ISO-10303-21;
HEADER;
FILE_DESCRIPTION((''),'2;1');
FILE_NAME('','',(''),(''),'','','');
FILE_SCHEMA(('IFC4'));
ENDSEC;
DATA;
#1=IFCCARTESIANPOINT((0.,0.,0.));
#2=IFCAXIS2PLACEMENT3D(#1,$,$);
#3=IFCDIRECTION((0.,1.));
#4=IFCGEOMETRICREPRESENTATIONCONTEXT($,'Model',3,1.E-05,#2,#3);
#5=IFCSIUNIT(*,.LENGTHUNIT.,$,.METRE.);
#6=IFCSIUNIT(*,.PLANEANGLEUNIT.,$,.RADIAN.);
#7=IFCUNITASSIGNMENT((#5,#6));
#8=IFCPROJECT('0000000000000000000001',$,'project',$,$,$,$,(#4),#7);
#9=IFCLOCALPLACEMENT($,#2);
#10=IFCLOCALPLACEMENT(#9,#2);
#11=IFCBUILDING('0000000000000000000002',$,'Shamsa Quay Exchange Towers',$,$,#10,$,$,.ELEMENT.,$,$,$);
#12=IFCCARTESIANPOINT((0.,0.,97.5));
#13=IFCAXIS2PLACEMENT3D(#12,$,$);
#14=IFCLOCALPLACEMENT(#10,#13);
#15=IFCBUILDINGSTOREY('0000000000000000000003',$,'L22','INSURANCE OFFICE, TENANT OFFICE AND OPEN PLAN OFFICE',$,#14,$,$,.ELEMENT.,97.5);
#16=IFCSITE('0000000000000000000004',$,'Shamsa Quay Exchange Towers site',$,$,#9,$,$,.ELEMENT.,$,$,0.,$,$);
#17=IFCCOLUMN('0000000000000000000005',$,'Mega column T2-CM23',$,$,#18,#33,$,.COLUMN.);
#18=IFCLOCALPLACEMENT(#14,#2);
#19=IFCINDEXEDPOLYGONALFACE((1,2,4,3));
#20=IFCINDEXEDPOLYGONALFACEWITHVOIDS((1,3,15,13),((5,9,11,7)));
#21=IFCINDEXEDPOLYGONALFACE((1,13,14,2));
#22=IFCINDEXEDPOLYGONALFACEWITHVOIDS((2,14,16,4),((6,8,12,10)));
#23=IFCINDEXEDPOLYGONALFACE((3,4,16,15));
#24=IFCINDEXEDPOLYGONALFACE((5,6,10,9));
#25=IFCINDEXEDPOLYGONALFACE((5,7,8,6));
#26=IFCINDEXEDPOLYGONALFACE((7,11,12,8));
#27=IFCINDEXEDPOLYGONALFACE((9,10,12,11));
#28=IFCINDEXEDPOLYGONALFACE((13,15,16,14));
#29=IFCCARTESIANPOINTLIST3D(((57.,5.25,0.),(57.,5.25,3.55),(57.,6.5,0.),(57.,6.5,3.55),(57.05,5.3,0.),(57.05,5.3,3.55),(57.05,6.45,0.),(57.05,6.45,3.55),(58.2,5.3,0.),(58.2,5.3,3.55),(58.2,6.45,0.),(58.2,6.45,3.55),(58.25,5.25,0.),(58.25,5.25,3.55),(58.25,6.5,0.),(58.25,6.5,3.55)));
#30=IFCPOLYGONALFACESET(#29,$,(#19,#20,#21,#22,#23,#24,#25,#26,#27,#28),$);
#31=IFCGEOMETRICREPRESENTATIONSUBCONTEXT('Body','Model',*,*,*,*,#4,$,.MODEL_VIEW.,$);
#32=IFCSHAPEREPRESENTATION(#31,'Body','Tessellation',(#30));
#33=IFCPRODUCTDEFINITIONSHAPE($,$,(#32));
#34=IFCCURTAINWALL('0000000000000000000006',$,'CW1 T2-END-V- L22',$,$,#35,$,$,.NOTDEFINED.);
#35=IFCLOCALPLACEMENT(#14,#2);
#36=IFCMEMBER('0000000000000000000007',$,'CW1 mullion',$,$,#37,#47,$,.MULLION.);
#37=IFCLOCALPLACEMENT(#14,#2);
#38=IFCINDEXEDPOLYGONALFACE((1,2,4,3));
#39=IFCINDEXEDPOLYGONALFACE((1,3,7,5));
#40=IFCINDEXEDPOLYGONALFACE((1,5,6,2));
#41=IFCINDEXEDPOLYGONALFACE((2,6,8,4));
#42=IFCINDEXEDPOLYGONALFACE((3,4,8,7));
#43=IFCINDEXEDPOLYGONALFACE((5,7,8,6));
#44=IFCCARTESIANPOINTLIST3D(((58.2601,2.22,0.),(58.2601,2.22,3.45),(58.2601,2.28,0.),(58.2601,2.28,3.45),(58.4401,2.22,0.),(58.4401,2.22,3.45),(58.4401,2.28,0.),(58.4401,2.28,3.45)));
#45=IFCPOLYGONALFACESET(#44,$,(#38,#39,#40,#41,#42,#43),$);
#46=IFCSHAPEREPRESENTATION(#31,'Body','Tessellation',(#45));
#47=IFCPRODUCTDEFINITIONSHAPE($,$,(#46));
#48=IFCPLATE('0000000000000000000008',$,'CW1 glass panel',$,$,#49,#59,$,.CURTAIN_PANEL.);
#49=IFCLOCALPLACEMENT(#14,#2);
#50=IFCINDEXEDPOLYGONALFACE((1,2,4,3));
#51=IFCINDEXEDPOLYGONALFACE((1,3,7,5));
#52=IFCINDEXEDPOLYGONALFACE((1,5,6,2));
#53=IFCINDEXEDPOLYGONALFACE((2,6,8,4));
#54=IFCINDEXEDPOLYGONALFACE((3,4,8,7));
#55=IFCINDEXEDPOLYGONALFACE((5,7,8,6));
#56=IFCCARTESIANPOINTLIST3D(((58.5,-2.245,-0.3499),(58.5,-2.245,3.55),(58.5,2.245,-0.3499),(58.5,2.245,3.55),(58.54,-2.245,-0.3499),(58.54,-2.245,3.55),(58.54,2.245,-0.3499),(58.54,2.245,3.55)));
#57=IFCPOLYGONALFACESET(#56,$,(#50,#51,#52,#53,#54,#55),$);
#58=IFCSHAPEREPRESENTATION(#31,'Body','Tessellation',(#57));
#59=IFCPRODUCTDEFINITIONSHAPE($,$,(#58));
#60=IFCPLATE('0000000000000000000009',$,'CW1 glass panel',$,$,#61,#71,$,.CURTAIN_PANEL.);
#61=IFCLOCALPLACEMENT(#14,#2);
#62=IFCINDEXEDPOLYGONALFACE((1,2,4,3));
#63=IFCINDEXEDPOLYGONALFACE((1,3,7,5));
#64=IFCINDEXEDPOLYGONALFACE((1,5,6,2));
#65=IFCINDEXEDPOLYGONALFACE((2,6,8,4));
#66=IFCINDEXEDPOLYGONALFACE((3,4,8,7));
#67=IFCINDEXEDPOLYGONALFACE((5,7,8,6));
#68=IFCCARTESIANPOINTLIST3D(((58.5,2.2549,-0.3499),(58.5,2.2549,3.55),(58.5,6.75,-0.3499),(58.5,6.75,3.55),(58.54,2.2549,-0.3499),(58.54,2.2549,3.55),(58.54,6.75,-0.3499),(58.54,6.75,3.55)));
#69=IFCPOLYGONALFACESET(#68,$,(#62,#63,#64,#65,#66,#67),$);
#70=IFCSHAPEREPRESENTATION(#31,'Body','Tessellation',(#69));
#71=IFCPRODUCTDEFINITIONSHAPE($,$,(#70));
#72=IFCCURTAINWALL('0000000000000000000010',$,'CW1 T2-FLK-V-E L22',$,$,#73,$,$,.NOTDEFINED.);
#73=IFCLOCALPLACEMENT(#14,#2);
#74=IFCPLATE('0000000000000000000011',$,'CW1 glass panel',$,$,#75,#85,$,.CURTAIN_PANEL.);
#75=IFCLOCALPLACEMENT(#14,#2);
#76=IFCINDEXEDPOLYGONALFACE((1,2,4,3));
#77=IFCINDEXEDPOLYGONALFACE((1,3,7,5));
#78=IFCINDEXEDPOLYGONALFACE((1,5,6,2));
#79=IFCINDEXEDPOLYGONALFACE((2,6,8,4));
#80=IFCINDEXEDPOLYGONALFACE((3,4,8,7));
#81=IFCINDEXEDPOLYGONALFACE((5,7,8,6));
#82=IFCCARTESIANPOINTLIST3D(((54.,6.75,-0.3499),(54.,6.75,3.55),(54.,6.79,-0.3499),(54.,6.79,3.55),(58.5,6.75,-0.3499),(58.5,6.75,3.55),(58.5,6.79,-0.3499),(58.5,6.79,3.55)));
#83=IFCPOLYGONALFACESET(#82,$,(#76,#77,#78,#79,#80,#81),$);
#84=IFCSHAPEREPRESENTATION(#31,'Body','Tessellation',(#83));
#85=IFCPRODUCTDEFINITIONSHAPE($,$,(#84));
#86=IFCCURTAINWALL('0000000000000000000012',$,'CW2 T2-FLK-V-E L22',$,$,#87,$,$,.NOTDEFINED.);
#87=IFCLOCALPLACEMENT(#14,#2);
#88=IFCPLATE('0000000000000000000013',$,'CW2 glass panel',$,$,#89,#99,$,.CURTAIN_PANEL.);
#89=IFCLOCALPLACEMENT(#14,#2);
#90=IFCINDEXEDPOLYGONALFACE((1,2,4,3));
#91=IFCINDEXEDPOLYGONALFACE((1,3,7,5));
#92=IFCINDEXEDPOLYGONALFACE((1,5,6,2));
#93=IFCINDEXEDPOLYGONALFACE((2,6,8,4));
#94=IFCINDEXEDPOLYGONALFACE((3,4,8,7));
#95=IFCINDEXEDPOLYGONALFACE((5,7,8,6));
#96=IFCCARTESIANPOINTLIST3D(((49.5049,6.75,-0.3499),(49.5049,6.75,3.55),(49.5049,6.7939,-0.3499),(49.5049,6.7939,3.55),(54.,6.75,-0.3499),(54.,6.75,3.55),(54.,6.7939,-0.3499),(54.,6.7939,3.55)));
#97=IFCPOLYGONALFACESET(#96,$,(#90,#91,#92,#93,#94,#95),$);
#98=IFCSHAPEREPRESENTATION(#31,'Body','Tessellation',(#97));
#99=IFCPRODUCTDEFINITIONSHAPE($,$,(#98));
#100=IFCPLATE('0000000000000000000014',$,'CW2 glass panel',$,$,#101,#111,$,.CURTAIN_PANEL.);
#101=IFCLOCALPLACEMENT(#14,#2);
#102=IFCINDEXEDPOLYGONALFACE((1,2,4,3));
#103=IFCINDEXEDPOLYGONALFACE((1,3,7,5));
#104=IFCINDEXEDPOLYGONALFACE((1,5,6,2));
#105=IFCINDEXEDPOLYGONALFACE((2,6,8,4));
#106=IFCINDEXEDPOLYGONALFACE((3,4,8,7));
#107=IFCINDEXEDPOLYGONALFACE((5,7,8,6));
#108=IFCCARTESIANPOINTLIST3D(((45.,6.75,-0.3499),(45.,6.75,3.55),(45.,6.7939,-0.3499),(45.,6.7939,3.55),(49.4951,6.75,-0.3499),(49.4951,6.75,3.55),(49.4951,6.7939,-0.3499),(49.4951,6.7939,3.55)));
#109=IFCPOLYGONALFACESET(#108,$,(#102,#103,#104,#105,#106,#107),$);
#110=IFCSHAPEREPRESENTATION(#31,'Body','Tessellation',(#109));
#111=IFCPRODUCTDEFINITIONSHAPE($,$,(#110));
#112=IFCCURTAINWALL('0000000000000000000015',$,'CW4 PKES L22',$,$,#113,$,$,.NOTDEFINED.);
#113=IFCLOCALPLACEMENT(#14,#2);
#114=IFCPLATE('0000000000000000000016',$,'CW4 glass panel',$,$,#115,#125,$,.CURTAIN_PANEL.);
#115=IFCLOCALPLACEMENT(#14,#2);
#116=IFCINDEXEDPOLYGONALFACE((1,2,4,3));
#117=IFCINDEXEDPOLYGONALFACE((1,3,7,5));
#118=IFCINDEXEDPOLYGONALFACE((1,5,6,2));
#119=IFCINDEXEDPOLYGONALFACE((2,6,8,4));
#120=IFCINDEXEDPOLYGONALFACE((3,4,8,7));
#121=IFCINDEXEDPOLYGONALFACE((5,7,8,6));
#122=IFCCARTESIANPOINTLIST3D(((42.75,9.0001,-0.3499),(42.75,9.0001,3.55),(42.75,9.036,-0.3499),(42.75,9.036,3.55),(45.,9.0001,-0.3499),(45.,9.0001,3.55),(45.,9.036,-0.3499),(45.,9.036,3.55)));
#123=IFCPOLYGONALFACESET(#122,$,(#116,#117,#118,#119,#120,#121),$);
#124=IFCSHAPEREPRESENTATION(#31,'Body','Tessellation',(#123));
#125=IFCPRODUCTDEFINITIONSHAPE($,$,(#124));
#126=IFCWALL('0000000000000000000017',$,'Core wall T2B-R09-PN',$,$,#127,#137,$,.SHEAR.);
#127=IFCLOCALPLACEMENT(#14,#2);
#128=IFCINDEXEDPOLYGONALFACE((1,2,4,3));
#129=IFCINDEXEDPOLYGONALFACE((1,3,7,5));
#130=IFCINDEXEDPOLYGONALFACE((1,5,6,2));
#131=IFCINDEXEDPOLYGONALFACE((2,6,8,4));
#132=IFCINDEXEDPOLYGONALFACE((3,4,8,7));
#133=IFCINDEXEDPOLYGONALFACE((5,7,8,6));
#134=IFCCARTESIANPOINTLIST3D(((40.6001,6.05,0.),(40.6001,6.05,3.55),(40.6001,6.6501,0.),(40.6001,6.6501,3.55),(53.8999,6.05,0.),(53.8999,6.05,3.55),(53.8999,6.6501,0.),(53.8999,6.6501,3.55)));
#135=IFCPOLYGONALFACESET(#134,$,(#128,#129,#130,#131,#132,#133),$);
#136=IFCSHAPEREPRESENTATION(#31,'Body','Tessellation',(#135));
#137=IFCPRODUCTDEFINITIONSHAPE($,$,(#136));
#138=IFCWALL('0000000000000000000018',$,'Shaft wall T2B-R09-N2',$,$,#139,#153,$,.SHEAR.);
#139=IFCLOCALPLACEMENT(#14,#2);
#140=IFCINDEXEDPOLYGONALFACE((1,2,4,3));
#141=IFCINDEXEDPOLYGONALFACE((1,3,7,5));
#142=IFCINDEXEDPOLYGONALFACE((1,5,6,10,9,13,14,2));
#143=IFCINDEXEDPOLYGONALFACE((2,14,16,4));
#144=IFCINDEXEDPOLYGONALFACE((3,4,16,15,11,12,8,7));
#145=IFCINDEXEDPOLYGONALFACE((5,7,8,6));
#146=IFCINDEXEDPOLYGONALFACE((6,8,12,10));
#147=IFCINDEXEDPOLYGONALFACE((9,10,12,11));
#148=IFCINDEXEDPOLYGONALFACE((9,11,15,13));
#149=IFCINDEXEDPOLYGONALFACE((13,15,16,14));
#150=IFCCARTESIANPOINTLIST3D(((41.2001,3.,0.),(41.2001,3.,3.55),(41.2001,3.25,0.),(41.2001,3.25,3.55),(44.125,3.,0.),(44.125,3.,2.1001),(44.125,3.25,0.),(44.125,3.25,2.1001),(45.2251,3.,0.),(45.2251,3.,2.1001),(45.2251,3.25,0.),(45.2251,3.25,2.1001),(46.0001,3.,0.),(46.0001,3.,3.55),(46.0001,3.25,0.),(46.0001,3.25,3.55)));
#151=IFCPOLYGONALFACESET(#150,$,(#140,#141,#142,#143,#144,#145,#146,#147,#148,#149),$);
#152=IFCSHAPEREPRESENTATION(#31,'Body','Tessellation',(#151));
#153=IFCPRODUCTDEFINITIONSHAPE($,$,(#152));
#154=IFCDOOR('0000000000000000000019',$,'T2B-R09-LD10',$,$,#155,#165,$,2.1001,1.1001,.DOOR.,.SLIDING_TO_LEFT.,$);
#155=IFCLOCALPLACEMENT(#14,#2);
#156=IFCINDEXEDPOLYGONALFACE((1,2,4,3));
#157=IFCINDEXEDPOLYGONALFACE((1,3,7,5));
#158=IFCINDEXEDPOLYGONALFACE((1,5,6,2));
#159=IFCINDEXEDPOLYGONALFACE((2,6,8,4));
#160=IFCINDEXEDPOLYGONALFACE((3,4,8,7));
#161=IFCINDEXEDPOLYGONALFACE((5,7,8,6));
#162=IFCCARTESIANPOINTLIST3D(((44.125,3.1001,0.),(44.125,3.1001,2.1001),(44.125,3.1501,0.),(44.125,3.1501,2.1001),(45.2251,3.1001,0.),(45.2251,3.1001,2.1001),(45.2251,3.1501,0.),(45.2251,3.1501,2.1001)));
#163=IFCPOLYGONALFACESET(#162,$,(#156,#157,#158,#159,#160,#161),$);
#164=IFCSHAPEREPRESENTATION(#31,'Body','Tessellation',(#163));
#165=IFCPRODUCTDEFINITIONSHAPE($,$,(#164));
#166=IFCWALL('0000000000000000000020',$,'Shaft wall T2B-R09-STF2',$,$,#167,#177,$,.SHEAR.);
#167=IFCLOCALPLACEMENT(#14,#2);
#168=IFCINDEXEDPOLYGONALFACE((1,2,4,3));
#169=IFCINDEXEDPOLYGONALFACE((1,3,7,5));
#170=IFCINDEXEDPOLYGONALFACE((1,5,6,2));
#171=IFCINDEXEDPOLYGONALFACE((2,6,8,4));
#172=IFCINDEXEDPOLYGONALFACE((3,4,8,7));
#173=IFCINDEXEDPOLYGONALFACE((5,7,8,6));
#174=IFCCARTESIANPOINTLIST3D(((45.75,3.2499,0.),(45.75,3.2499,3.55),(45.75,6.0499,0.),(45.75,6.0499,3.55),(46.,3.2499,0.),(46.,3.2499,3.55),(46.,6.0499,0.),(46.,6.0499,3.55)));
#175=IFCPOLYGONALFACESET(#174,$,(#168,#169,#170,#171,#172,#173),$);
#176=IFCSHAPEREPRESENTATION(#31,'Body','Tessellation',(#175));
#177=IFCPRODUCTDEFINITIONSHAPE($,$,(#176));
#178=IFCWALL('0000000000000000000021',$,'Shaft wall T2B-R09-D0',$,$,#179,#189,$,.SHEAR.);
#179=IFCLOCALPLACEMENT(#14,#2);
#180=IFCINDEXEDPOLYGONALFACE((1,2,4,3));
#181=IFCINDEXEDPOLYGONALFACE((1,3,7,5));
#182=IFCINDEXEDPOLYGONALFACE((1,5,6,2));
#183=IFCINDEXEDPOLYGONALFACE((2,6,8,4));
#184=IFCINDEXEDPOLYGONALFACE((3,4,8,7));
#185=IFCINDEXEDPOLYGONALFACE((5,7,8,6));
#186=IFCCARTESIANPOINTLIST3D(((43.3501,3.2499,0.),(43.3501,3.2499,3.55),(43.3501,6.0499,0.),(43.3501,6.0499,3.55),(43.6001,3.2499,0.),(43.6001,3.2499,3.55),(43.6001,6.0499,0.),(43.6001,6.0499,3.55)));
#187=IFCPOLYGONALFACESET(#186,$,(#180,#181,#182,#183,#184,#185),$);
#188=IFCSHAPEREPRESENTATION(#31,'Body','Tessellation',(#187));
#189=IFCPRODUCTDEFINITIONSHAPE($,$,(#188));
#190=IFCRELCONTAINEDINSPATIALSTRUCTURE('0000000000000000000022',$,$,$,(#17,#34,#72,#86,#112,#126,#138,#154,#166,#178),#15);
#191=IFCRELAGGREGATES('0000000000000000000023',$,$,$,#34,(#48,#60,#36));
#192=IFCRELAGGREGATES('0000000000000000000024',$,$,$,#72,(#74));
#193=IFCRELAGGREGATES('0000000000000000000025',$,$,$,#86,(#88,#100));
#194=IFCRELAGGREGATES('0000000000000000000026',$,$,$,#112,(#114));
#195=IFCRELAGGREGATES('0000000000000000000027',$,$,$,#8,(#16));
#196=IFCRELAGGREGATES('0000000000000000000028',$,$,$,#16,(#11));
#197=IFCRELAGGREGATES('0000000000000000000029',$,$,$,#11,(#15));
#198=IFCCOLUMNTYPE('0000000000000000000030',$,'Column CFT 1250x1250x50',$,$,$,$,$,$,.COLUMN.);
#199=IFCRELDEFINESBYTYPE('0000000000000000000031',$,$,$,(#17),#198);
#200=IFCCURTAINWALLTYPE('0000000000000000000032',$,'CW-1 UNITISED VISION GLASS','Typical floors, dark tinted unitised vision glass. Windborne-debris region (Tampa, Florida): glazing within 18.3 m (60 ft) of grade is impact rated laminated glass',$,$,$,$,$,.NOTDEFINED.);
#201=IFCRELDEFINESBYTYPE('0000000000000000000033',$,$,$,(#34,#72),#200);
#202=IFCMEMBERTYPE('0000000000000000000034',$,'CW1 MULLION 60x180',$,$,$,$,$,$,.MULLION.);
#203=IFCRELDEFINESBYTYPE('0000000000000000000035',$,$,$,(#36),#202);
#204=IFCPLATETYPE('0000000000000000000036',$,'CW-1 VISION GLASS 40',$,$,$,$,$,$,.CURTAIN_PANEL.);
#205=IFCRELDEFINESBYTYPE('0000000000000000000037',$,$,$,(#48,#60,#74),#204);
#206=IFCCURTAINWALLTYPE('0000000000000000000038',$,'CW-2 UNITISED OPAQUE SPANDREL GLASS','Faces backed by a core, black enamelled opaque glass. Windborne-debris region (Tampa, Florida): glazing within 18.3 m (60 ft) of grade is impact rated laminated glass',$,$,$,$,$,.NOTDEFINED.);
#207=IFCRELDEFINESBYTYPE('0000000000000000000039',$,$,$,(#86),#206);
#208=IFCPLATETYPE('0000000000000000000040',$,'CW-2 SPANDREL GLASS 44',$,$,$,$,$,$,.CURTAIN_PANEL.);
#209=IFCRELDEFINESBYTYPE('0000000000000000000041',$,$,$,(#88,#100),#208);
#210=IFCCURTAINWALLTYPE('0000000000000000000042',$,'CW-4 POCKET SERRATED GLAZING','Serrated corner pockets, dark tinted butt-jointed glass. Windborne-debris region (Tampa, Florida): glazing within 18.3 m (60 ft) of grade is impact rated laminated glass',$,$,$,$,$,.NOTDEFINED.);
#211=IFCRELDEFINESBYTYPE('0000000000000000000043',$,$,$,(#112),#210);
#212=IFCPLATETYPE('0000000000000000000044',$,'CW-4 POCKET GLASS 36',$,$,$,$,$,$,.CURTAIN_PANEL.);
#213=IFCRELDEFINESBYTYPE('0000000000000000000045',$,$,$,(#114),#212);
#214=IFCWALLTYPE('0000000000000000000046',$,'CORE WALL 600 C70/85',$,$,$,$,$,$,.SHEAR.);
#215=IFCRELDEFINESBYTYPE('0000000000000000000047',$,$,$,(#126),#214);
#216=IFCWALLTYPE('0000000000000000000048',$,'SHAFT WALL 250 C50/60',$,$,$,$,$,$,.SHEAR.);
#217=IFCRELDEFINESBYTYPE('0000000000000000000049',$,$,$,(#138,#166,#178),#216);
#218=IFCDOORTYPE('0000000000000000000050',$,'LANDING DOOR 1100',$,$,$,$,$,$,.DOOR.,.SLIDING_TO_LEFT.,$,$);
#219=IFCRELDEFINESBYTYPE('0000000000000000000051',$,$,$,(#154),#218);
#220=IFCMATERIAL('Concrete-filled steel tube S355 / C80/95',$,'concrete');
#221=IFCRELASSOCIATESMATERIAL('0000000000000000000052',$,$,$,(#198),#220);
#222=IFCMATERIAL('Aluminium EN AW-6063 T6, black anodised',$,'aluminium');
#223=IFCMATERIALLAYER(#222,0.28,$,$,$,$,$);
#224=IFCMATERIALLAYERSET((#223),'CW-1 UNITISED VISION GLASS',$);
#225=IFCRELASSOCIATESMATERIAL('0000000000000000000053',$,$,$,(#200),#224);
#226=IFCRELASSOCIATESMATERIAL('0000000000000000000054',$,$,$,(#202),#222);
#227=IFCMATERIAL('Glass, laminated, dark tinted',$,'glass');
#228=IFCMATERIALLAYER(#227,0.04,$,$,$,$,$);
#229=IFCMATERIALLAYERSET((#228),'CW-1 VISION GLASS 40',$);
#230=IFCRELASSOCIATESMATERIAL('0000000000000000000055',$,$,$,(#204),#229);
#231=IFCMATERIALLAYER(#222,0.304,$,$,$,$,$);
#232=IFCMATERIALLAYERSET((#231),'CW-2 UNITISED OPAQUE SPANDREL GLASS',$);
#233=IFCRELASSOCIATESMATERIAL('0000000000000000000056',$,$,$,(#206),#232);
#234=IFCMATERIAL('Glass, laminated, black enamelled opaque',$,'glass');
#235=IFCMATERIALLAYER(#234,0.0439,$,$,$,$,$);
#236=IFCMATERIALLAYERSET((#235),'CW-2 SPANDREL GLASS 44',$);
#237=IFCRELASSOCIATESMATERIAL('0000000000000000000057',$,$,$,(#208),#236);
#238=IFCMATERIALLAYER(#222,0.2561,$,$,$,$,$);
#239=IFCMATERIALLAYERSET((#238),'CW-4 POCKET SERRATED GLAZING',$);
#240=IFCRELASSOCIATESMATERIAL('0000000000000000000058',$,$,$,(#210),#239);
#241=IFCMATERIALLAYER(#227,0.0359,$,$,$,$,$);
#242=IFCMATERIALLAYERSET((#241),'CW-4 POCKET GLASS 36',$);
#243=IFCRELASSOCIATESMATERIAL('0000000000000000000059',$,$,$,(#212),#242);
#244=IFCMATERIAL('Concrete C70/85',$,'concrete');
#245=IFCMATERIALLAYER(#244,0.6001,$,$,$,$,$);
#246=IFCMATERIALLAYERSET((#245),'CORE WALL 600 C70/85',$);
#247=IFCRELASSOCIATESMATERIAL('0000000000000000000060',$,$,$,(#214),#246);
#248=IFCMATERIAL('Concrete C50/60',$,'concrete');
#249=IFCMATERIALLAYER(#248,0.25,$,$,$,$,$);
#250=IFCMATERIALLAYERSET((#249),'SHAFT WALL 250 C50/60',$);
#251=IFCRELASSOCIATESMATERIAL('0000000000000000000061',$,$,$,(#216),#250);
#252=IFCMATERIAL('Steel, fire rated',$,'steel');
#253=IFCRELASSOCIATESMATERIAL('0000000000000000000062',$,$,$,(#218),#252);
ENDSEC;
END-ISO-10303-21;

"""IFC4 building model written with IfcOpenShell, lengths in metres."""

from ifc_helpers import new_model, si_unit, direction, frame, frame_2d, origin, origin_2d, place, context, subcontext, project, spatial, rectangle, hollow_rectangle, extrude, material, layer, layer_set, material_profile, profile_set, type_object, element, fill, aggregate, save


model = new_model("IFC4")

# Units and contexts
model_context = context("Model", 3, precision=1e-05, world=origin(), true_north=direction((0.0, 1.0)))
body_context = subcontext(model_context, "Body", "Model", "MODEL_VIEW")
ifc_project = project(units=[si_unit("LENGTHUNIT", "METRE"), si_unit("PLANEANGLEUNIT", "RADIAN")], contexts=[model_context])

# Site, building, storey
site_placement = place(None, origin())
site = spatial("IfcSite", under=ifc_project, at=site_placement, Name="Shamsa Quay Exchange Towers site", CompositionType="ELEMENT", RefElevation=0.0)
building_placement = place(site_placement, origin())
building = spatial("IfcBuilding", under=site, at=building_placement, Name="Shamsa Quay Exchange Towers", CompositionType="ELEMENT")
storey_placement = place(building_placement, frame((0.0, 0.0, 97.5)))
storey = spatial("IfcBuildingStorey", under=building, at=storey_placement, Name="L22", Description="INSURANCE OFFICE, TENANT OFFICE AND OPEN PLAN OFFICE", CompositionType="ELEMENT", Elevation=97.5)

# Column
ifc_material_1 = material(Name="Concrete-filled steel tube S355 / C80/95", Category="concrete")
ifc_material_profile_1 = material_profile(ifc_material_1, hollow_rectangle(XDim=1.25, YDim=1.25, WallThickness=0.05, at=origin_2d()), Name="CFT 1250x1250x50")
ifc_profile_set_1 = profile_set([ifc_material_profile_1], Name="Concrete-filled steel tube S355 / C80/95")
column_type = type_object("IfcColumnType", Name="Column CFT 1250x1250x50", PredefinedType="COLUMN", material=ifc_profile_set_1)
column_placement = place(storey_placement, frame((57.625, 5.875, 0.0)))
element("IfcColumn", 1, at=column_placement, inside=storey, type_object=column_type, Name="Mega column T2-CM23", PredefinedType="COLUMN", context=body_context, shape_type="SweptSolid", body=[
    extrude(hollow_rectangle(XDim=1.25, YDim=1.25, WallThickness=0.05, at=origin_2d()), origin(), (0.0, 0.0, 1.0), 3.55),
])

# Curtain wall, member, plates
ifc_material_2 = material(Name="Aluminium EN AW-6063 T6, black anodised", Category="aluminium")
ifc_layer_1 = layer(ifc_material_2, 0.28)
ifc_layer_set_1 = layer_set([ifc_layer_1], Name="CW-1 UNITISED VISION GLASS")
curtain_wall_type_1 = type_object("IfcCurtainWallType", Name="CW-1 UNITISED VISION GLASS", Description="Typical floors, dark tinted unitised vision glass. Windborne-debris region (Tampa, Florida): glazing within 18.3 m (60 ft) of grade is impact rated laminated glass", PredefinedType="NOTDEFINED", material=ifc_layer_set_1)
curtain_wall_1_placement = place(storey_placement, origin())
curtain_wall_1 = element("IfcCurtainWall", 2, at=curtain_wall_1_placement, inside=storey, type_object=curtain_wall_type_1, Name="CW1 T2-END-V- L22", PredefinedType="NOTDEFINED")
ifc_material_profile_2 = material_profile(ifc_material_2, rectangle(XDim=0.1799, YDim=0.0601, at=origin_2d()), Name="MU60x180")
ifc_profile_set_2 = profile_set([ifc_material_profile_2], Name="Aluminium EN AW-6063 T6, black anodised")
member_type = type_object("IfcMemberType", Name="CW1 MULLION 60x180", PredefinedType="MULLION", material=ifc_profile_set_2)
member_placement = place(storey_placement, frame((58.3501, 2.25, 0.0), z_axis=(0.0, 0.0, 1.0), x_axis=(-1.0, 0.0, 0.0)))
member = element("IfcMember", 3, at=member_placement, type_object=member_type, Name="CW1 mullion", PredefinedType="MULLION", context=body_context, shape_type="SweptSolid", body=[
    extrude(rectangle(XDim=0.1799, YDim=0.0601, at=origin_2d()), origin(), (0.0, 0.0, 1.0), 3.45),
])
ifc_material_3 = material(Name="Glass, laminated, dark tinted", Category="glass")
ifc_layer_2 = layer(ifc_material_3, 0.04)
ifc_layer_set_2 = layer_set([ifc_layer_2], Name="CW-1 VISION GLASS 40")
plate_type_1 = type_object("IfcPlateType", Name="CW-1 VISION GLASS 40", PredefinedType="CURTAIN_PANEL", material=ifc_layer_set_2)
plate_1_placement = place(storey_placement, frame((58.52, 0.0, -0.3499), z_axis=(0.0, 0.0, 1.0), x_axis=(0.0, 1.0, 0.0)))
plate_1 = element("IfcPlate", 4, at=plate_1_placement, type_object=plate_type_1, Name="CW1 glass panel", PredefinedType="CURTAIN_PANEL", context=body_context, shape_type="SweptSolid", body=[
    extrude(rectangle(XDim=4.49, YDim=0.04, at=origin_2d()), origin(), (0.0, 0.0, 1.0), 3.8999),
])
plate_2_placement = place(storey_placement, frame((58.52, 4.5024, -0.3499), z_axis=(0.0, 0.0, 1.0), x_axis=(0.0, 1.0, 0.0)))
plate_2 = element("IfcPlate", 5, at=plate_2_placement, type_object=plate_type_1, Name="CW1 glass panel", PredefinedType="CURTAIN_PANEL", context=body_context, shape_type="SweptSolid", body=[
    extrude(rectangle(XDim=4.4951, YDim=0.04, at=origin_2d()), origin(), (0.0, 0.0, 1.0), 3.8999),
])
aggregate(curtain_wall_1, [plate_1, plate_2, member])

# Curtain wall, plate
curtain_wall_2_placement = place(storey_placement, origin())
curtain_wall_2 = element("IfcCurtainWall", 6, at=curtain_wall_2_placement, inside=storey, type_object=curtain_wall_type_1, Name="CW1 T2-FLK-V-E L22", PredefinedType="NOTDEFINED")
plate_3_placement = place(storey_placement, frame((56.25, 6.77, -0.3499), z_axis=(0.0, 0.0, 1.0), x_axis=(-1.0, 0.0, 0.0)))
plate_3 = element("IfcPlate", 7, at=plate_3_placement, type_object=plate_type_1, Name="CW1 glass panel", PredefinedType="CURTAIN_PANEL", context=body_context, shape_type="SweptSolid", body=[
    extrude(rectangle(XDim=4.5, YDim=0.04, at=origin_2d()), origin(), (0.0, 0.0, 1.0), 3.8999),
])
aggregate(curtain_wall_2, [plate_3])

# Curtain wall, plates
ifc_layer_3 = layer(ifc_material_2, 0.304)
ifc_layer_set_3 = layer_set([ifc_layer_3], Name="CW-2 UNITISED OPAQUE SPANDREL GLASS")
curtain_wall_type_2 = type_object("IfcCurtainWallType", Name="CW-2 UNITISED OPAQUE SPANDREL GLASS", Description="Faces backed by a core, black enamelled opaque glass. Windborne-debris region (Tampa, Florida): glazing within 18.3 m (60 ft) of grade is impact rated laminated glass", PredefinedType="NOTDEFINED", material=ifc_layer_set_3)
curtain_wall_3_placement = place(storey_placement, origin())
curtain_wall_3 = element("IfcCurtainWall", 8, at=curtain_wall_3_placement, inside=storey, type_object=curtain_wall_type_2, Name="CW2 T2-FLK-V-E L22", PredefinedType="NOTDEFINED")
ifc_material_4 = material(Name="Glass, laminated, black enamelled opaque", Category="glass")
ifc_layer_4 = layer(ifc_material_4, 0.0439)
ifc_layer_set_4 = layer_set([ifc_layer_4], Name="CW-2 SPANDREL GLASS 44")
plate_type_2 = type_object("IfcPlateType", Name="CW-2 SPANDREL GLASS 44", PredefinedType="CURTAIN_PANEL", material=ifc_layer_set_4)
plate_4_placement = place(storey_placement, frame((51.7524, 6.772, -0.3499), z_axis=(0.0, 0.0, 1.0), x_axis=(-1.0, 0.0, 0.0)))
plate_4 = element("IfcPlate", 9, at=plate_4_placement, type_object=plate_type_2, Name="CW2 glass panel", PredefinedType="CURTAIN_PANEL", context=body_context, shape_type="SweptSolid", body=[
    extrude(rectangle(XDim=4.4951, YDim=0.0439, at=origin_2d()), origin(), (0.0, 0.0, 1.0), 3.8999),
])
plate_5_placement = place(storey_placement, frame((47.2476, 6.772, -0.3499), z_axis=(0.0, 0.0, 1.0), x_axis=(-1.0, 0.0, 0.0)))
plate_5 = element("IfcPlate", 10, at=plate_5_placement, type_object=plate_type_2, Name="CW2 glass panel", PredefinedType="CURTAIN_PANEL", context=body_context, shape_type="SweptSolid", body=[
    extrude(rectangle(XDim=4.4951, YDim=0.0439, at=origin_2d()), origin(), (0.0, 0.0, 1.0), 3.8999),
])
aggregate(curtain_wall_3, [plate_4, plate_5])

# Curtain wall, plate
ifc_layer_5 = layer(ifc_material_2, 0.2561)
ifc_layer_set_5 = layer_set([ifc_layer_5], Name="CW-4 POCKET SERRATED GLAZING")
curtain_wall_type_3 = type_object("IfcCurtainWallType", Name="CW-4 POCKET SERRATED GLAZING", Description="Serrated corner pockets, dark tinted butt-jointed glass. Windborne-debris region (Tampa, Florida): glazing within 18.3 m (60 ft) of grade is impact rated laminated glass", PredefinedType="NOTDEFINED", material=ifc_layer_set_5)
curtain_wall_4_placement = place(storey_placement, origin())
curtain_wall_4 = element("IfcCurtainWall", 11, at=curtain_wall_4_placement, inside=storey, type_object=curtain_wall_type_3, Name="CW4 PKES L22", PredefinedType="NOTDEFINED")
ifc_layer_6 = layer(ifc_material_3, 0.0359)
ifc_layer_set_6 = layer_set([ifc_layer_6], Name="CW-4 POCKET GLASS 36")
plate_type_3 = type_object("IfcPlateType", Name="CW-4 POCKET GLASS 36", PredefinedType="CURTAIN_PANEL", material=ifc_layer_set_6)
plate_6_placement = place(storey_placement, frame((43.875, 9.0181, -0.3499), z_axis=(0.0, 0.0, 1.0), x_axis=(-1.0, 0.0, 0.0)))
plate_6 = element("IfcPlate", 12, at=plate_6_placement, type_object=plate_type_3, Name="CW4 glass panel", PredefinedType="CURTAIN_PANEL", context=body_context, shape_type="SweptSolid", body=[
    extrude(rectangle(XDim=2.25, YDim=0.0359, at=origin_2d()), origin(), (0.0, 0.0, 1.0), 3.8999),
])
aggregate(curtain_wall_4, [plate_6])

# Wall
ifc_material_5 = material(Name="Concrete C70/85", Category="concrete")
ifc_layer_7 = layer(ifc_material_5, 0.6001)
ifc_layer_set_7 = layer_set([ifc_layer_7], Name="CORE WALL 600 C70/85")
wall_type_1 = type_object("IfcWallType", Name="CORE WALL 600 C70/85", PredefinedType="SHEAR", material=ifc_layer_set_7)
wall_1_placement = place(storey_placement, frame((53.8999, 6.3501, 0.0), z_axis=(0.0, 0.0, 1.0), x_axis=(-1.0, 0.0, 0.0)))
element("IfcWall", 13, at=wall_1_placement, inside=storey, type_object=wall_type_1, Name="Core wall T2B-R09-PN", PredefinedType="SHEAR", context=body_context, shape_type="SweptSolid", body=[
    extrude(rectangle(XDim=13.2998, YDim=0.6001, at=frame_2d((6.6499, 0.0))), origin(), (0.0, 0.0, 1.0), 3.55),
])

# Wall, opening, door
ifc_material_6 = material(Name="Concrete C50/60", Category="concrete")
ifc_layer_8 = layer(ifc_material_6, 0.25)
ifc_layer_set_8 = layer_set([ifc_layer_8], Name="SHAFT WALL 250 C50/60")
wall_type_2 = type_object("IfcWallType", Name="SHAFT WALL 250 C50/60", PredefinedType="SHEAR", material=ifc_layer_set_8)
wall_2_placement = place(storey_placement, frame((46.0, 3.125, 0.0), z_axis=(0.0, 0.0, 1.0), x_axis=(-1.0, 0.0, 0.0)))
wall_2 = element("IfcWall", 14, at=wall_2_placement, inside=storey, type_object=wall_type_2, Name="Shaft wall T2B-R09-N2", PredefinedType="SHEAR", context=body_context, shape_type="SweptSolid", body=[
    extrude(rectangle(XDim=4.8, YDim=0.25, at=frame_2d((2.3999, 0.0))), origin(), (0.0, 0.0, 1.0), 3.55),
])
opening_1_placement = place(wall_2_placement, frame((0.7749, 0.0, 0.0)))
opening_1 = element("IfcOpeningElement", 15, at=opening_1_placement, cuts=wall_2, PredefinedType="OPENING", context=body_context, shape_type="SweptSolid", body=[
    extrude(rectangle(XDim=1.1001, YDim=2.1001, at=frame_2d((0.55, 1.05))), frame((0.0, 0.135, 0.0), z_axis=(0.0, -1.0, 0.0), x_axis=(1.0, 0.0, 0.0)), (0.0, 0.0, 1.0), 0.27),
])
ifc_material_7 = material(Name="Steel, fire rated", Category="steel")
door_type_1 = type_object("IfcDoorType", Name="LANDING DOOR 1100", OperationType="SLIDING_TO_LEFT", PredefinedType="DOOR", material=ifc_material_7)
door_1_placement = place(opening_1_placement, origin())
door_1 = element("IfcDoor", 16, at=door_1_placement, inside=storey, type_object=door_type_1, Name="T2B-R09-LD10", OperationType="SLIDING_TO_LEFT", OverallHeight=2.1001, OverallWidth=1.1001, PredefinedType="DOOR", context=body_context, shape_type="SweptSolid", body=[
    extrude(rectangle(XDim=1.1001, YDim=2.1001, at=frame_2d((0.55, 1.05))), frame((0.0, 0.0249, 0.0), z_axis=(0.0, -1.0, 0.0), x_axis=(1.0, 0.0, 0.0)), (0.0, 0.0, 1.0), 0.05),
])
fill(opening_1, door_1)

# Walls
for number, where, z_axis, x_axis, name in (
    (17, (45.875, 3.25, 0.0), (0.0, 0.0, 1.0), (0.0, 1.0, 0.0), "Shaft wall T2B-R09-STF2"),
    (18, (43.4751, 3.25, 0.0), (0.0, 0.0, 1.0), (0.0, 1.0, 0.0), "Shaft wall T2B-R09-D0"),
):
    element("IfcWall", number, at=place(storey_placement, frame(where, z_axis=z_axis, x_axis=x_axis)), inside=storey, type_object=wall_type_2, Name=name, PredefinedType="SHEAR", context=body_context, shape_type="SweptSolid", body=[
        extrude(rectangle(XDim=2.8, YDim=0.25, at=frame_2d((1.3999, 0.0))), origin(), (0.0, 0.0, 1.0), 3.55),
    ])

save(model, "model.ifc")
